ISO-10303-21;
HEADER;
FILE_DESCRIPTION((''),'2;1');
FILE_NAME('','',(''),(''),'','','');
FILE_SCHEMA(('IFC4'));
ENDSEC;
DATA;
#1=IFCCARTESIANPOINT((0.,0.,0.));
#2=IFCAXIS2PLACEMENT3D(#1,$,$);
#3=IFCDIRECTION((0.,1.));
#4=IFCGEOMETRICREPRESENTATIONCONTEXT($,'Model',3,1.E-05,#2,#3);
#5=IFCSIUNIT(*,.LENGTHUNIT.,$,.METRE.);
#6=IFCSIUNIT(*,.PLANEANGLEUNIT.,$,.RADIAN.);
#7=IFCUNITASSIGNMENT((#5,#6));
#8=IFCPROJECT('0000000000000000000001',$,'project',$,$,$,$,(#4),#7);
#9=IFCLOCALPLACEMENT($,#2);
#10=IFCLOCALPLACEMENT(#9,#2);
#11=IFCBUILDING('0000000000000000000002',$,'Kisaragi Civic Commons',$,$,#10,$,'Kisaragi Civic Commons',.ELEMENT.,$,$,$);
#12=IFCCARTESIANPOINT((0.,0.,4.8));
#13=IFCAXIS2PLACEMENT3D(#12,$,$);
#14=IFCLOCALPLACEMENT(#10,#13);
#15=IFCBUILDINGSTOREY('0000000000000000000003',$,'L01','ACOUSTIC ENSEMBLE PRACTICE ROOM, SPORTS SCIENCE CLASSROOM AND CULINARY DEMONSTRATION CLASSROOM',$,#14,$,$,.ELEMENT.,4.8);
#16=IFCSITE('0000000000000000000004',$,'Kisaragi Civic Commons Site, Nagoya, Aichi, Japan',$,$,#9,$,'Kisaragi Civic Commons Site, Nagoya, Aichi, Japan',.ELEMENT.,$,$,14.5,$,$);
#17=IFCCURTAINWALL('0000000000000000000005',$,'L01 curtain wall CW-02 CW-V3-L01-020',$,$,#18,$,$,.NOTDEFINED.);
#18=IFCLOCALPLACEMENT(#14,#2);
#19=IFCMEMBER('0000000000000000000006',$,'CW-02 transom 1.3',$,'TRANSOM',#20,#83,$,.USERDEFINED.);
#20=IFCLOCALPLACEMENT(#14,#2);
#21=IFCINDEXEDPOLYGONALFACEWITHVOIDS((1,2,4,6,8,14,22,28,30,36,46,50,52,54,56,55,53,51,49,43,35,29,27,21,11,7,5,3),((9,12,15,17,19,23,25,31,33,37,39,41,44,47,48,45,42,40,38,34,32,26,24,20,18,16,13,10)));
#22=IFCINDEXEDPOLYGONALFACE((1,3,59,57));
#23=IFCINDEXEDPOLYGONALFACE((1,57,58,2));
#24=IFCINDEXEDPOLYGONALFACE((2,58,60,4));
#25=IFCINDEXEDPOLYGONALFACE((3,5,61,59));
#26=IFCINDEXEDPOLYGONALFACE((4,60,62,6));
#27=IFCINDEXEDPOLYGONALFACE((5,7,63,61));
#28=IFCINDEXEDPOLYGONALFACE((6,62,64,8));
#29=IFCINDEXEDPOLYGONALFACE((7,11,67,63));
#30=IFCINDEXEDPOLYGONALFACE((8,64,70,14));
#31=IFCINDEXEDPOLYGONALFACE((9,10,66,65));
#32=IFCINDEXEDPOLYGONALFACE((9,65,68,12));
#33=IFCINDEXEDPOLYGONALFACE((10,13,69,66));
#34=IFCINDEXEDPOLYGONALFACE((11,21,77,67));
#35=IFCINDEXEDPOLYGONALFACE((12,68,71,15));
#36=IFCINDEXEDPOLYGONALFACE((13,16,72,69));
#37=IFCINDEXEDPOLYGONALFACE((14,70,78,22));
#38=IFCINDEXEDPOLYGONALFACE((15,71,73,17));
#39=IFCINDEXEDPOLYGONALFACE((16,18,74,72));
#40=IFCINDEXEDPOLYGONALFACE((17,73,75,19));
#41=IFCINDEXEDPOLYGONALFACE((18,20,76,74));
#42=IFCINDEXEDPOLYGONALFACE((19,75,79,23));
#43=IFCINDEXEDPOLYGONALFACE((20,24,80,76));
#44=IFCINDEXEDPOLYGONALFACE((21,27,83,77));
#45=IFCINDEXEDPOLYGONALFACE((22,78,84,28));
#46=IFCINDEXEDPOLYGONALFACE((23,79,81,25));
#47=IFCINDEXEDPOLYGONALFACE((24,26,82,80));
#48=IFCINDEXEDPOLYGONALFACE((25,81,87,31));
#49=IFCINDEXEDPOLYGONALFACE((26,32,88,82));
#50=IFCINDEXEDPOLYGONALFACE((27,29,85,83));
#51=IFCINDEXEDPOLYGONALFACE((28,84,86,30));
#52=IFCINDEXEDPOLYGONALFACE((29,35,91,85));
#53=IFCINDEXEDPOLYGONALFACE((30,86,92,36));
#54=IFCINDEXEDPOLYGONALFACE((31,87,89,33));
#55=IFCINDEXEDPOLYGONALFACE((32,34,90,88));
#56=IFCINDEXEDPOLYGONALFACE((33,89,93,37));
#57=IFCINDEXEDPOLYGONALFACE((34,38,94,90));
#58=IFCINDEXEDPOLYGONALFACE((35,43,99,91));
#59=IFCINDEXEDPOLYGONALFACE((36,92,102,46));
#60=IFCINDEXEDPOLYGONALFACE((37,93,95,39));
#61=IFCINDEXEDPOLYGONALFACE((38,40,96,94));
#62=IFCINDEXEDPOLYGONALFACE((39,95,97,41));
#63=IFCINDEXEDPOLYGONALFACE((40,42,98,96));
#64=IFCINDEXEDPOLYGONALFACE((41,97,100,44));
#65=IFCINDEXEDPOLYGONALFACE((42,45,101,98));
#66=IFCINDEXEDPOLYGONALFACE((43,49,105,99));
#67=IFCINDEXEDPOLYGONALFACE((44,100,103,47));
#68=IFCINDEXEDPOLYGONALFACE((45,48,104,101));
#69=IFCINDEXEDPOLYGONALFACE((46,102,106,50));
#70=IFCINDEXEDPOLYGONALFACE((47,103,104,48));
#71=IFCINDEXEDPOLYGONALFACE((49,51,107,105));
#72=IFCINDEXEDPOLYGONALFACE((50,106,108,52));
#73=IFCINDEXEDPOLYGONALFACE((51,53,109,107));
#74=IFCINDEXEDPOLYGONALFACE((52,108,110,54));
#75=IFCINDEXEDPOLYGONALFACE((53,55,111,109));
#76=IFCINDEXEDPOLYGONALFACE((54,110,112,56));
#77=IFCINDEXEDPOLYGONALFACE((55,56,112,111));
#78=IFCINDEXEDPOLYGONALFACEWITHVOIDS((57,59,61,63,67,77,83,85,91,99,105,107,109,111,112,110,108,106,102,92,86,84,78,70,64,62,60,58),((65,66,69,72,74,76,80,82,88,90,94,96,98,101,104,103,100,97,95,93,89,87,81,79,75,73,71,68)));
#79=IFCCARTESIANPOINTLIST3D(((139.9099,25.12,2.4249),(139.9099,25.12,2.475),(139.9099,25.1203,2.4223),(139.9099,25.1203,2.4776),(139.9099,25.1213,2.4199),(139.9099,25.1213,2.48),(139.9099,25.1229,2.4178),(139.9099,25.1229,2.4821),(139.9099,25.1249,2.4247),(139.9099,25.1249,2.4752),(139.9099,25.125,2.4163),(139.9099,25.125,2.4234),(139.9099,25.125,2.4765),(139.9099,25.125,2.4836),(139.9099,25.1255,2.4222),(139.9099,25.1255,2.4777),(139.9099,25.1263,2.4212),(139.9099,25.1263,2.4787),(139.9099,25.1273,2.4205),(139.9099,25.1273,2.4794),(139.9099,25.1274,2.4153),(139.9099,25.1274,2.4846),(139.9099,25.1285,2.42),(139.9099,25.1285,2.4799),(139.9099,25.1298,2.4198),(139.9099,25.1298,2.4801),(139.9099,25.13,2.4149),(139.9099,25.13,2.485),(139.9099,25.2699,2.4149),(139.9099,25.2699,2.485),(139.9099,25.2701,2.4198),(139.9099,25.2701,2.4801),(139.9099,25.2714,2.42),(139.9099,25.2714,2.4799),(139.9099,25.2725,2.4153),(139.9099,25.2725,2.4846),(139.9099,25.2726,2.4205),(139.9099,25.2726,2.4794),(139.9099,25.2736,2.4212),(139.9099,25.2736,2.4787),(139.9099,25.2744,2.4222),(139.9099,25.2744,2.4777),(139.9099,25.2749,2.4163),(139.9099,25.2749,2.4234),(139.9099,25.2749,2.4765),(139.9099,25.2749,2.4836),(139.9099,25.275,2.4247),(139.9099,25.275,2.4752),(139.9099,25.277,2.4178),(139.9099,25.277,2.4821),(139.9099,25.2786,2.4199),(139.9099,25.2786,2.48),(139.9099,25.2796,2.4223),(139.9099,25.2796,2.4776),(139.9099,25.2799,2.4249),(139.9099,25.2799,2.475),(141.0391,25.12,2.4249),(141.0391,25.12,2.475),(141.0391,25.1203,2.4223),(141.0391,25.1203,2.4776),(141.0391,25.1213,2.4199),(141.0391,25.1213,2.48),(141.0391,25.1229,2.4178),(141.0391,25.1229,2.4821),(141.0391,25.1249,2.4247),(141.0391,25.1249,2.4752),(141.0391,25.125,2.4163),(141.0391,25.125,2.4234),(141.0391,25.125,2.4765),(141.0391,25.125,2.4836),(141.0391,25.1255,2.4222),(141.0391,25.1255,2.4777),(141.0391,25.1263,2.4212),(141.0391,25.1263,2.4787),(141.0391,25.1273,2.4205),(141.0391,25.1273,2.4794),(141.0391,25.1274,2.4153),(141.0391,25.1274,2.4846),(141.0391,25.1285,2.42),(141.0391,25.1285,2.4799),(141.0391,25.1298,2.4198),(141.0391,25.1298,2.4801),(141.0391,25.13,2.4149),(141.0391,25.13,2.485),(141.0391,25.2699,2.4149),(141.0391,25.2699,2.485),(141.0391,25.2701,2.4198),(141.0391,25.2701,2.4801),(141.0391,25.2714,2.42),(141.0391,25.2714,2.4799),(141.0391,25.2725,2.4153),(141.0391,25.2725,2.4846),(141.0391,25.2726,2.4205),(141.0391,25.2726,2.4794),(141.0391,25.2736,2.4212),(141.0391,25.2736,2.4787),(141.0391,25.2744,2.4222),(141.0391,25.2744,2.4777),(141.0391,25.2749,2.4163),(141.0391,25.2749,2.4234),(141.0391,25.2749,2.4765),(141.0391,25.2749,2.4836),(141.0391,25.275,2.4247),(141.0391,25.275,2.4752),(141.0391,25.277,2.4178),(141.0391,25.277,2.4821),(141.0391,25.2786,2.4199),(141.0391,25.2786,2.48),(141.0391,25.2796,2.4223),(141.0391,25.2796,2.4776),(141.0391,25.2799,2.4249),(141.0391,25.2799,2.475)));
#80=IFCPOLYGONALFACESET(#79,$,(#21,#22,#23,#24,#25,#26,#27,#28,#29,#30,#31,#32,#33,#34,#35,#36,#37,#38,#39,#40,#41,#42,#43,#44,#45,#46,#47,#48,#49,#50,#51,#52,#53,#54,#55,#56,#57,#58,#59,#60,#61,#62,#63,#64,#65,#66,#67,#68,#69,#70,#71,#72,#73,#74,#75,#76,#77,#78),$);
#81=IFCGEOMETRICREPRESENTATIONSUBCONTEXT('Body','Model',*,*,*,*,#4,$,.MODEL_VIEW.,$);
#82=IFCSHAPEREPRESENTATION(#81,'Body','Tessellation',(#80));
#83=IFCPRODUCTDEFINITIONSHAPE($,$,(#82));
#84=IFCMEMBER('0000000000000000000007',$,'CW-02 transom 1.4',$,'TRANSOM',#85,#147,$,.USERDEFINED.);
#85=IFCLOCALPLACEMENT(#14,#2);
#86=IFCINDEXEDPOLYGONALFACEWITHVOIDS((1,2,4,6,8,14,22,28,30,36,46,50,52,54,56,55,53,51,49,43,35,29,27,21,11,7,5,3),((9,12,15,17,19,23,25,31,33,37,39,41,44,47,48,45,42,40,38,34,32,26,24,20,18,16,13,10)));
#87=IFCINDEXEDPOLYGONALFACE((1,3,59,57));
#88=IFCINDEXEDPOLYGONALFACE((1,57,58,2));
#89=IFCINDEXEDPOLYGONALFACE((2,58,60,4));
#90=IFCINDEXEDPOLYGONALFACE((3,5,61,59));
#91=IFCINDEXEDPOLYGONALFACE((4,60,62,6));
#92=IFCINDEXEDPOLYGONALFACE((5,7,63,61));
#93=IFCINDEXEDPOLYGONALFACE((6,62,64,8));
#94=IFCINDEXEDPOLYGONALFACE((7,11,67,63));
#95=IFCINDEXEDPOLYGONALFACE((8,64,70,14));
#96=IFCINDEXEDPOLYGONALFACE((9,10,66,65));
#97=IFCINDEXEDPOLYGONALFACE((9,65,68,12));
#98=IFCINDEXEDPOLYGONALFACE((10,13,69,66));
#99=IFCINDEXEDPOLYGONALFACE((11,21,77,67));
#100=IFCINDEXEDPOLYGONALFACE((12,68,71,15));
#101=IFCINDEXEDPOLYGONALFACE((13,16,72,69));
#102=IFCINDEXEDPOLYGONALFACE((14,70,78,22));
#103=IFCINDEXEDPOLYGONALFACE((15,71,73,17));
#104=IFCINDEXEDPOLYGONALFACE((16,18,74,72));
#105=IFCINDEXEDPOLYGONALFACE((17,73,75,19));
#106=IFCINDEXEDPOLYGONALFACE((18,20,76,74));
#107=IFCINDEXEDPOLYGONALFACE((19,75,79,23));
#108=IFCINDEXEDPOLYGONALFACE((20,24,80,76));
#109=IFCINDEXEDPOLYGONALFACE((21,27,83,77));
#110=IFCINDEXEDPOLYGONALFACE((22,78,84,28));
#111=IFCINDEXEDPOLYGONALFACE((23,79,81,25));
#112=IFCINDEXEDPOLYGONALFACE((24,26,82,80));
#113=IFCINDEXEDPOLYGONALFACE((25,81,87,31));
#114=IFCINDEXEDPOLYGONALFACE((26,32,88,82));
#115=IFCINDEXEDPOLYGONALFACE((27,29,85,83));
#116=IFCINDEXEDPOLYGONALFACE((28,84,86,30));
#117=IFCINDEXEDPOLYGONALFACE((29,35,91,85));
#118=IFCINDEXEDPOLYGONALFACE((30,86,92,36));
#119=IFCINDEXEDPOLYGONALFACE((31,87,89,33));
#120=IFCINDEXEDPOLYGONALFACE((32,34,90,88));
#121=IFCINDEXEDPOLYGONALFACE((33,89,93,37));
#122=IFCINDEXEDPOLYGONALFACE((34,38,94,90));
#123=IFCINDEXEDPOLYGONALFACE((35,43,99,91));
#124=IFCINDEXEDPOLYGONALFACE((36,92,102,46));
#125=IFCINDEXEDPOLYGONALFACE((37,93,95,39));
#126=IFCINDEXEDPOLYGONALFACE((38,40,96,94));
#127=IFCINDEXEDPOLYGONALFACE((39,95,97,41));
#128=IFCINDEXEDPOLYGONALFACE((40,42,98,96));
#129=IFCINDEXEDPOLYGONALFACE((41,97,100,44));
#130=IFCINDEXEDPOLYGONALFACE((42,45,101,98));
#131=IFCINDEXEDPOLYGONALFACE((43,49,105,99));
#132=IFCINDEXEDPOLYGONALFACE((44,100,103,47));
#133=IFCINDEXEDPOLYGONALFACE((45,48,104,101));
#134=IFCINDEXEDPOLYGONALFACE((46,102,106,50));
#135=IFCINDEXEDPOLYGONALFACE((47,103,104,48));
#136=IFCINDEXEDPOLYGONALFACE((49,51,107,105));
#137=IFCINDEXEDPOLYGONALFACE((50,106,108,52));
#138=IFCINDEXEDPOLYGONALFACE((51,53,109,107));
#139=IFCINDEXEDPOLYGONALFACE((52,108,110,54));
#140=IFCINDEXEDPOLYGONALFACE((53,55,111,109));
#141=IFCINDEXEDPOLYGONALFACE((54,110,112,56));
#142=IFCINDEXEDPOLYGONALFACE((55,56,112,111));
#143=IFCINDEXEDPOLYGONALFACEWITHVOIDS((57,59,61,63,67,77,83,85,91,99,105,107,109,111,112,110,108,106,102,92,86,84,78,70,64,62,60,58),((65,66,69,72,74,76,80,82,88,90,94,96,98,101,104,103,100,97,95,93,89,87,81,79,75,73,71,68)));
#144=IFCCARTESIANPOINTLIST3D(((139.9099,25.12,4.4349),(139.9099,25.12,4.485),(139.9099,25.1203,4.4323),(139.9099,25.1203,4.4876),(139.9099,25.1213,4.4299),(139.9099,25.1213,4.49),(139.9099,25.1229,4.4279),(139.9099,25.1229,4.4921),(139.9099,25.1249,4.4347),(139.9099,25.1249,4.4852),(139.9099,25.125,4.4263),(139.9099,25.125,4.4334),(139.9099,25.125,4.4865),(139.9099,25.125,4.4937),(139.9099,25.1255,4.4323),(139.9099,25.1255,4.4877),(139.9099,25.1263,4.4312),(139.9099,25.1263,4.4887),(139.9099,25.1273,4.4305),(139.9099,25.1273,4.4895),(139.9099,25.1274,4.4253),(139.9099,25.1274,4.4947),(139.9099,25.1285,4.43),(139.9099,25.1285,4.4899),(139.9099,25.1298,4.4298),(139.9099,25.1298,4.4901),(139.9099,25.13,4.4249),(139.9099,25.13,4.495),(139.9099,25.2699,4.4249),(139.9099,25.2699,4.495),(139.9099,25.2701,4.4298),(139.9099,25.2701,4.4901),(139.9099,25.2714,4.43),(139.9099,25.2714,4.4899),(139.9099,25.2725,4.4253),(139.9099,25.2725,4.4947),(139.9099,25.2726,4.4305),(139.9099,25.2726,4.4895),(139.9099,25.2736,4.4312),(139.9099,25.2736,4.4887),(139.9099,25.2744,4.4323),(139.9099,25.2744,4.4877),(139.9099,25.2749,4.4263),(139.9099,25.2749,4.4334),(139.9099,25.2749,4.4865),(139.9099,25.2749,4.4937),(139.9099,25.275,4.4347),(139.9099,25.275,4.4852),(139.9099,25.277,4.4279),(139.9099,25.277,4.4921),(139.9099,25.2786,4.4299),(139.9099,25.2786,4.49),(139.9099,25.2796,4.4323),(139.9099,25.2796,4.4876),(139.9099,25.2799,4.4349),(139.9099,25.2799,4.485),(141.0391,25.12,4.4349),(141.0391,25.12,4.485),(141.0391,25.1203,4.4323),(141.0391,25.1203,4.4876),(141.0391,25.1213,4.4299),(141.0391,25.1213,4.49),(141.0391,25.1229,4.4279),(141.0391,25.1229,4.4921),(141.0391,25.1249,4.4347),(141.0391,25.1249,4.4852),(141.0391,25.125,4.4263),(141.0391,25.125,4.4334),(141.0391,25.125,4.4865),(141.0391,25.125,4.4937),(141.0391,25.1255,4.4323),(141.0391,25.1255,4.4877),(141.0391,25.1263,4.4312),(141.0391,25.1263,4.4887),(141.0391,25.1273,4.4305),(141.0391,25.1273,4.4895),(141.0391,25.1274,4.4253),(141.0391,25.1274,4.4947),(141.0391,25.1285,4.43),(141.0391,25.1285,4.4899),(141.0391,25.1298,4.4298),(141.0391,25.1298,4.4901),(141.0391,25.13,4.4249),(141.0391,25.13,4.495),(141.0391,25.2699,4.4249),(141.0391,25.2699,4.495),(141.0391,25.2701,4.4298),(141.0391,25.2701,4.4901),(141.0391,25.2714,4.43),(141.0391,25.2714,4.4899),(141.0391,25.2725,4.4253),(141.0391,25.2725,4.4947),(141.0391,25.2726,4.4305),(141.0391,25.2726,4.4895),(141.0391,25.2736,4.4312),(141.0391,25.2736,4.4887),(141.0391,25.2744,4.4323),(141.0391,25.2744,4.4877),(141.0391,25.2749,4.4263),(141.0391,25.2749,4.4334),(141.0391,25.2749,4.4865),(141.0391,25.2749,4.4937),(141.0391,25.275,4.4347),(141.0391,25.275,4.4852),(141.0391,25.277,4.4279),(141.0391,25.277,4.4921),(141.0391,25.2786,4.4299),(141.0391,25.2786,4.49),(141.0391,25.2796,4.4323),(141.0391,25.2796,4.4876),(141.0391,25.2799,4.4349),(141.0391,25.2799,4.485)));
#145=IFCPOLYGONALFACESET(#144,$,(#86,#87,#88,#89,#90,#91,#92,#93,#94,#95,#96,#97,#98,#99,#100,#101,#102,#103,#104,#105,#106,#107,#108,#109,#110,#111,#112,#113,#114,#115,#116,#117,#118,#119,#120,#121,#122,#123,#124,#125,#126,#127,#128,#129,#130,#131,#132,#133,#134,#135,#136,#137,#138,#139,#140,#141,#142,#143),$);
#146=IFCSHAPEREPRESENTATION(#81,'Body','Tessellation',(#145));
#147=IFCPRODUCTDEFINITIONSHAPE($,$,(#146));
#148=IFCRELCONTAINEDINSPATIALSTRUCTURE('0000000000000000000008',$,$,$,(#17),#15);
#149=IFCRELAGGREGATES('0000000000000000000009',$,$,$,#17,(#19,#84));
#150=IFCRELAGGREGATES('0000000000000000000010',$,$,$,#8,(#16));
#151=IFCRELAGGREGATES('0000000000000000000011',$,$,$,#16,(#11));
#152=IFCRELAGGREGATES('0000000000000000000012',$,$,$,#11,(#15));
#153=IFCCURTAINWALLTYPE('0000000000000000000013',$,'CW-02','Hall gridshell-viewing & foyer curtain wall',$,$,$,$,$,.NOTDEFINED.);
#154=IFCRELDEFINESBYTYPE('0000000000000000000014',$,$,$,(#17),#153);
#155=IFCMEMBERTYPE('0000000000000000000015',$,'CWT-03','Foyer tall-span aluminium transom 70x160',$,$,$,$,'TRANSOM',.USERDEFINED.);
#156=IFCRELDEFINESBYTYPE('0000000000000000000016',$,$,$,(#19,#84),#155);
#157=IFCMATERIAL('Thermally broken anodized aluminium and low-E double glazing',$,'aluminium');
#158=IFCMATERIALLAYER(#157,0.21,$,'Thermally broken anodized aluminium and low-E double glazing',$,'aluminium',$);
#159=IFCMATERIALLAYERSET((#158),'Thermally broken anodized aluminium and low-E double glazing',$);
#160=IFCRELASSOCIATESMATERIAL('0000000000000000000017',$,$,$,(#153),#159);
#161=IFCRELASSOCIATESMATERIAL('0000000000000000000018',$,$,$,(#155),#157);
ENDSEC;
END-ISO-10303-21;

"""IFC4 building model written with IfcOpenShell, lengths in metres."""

from ifc_helpers import new_model, si_unit, direction, frame, origin, origin_2d, place, context, subcontext, project, spatial, hollow_rectangle, extrude, material, layer, layer_set, material_profile, profile_set, type_object, element, aggregate, save


model = new_model("IFC4")

# Units and contexts
model_context = context("Model", 3, precision=1e-05, world=origin(), true_north=direction((0.0, 1.0)))
body_context = subcontext(model_context, "Body", "Model", "MODEL_VIEW")
ifc_project = project(units=[si_unit("LENGTHUNIT", "METRE"), si_unit("PLANEANGLEUNIT", "RADIAN")], contexts=[model_context])

# Site, building, storey
site_placement = place(None, origin())
site = spatial("IfcSite", under=ifc_project, at=site_placement, Name="Kisaragi Civic Commons Site, Nagoya, Aichi, Japan", LongName="Kisaragi Civic Commons Site, Nagoya, Aichi, Japan", CompositionType="ELEMENT", RefElevation=14.5)
building_placement = place(site_placement, origin())
building = spatial("IfcBuilding", under=site, at=building_placement, Name="Kisaragi Civic Commons", LongName="Kisaragi Civic Commons", CompositionType="ELEMENT")
storey_placement = place(building_placement, frame((0.0, 0.0, 4.8)))
storey = spatial("IfcBuildingStorey", under=building, at=storey_placement, Name="L01", Description="ACOUSTIC ENSEMBLE PRACTICE ROOM, SPORTS SCIENCE CLASSROOM AND CULINARY DEMONSTRATION CLASSROOM", CompositionType="ELEMENT", Elevation=4.8)

# Shared definitions
ifc_material = material(Name="Thermally broken anodized aluminium and low-E double glazing", Category="aluminium")
ifc_layer_1 = layer(ifc_material, 0.21, Name="Thermally broken anodized aluminium and low-E double glazing", Category="aluminium")
ifc_layer_set_1 = layer_set([ifc_layer_1], Name="Thermally broken anodized aluminium and low-E double glazing")
curtain_wall_type = type_object("IfcCurtainWallType", Name="CW-02", Description="Hall gridshell-viewing & foyer curtain wall", PredefinedType="NOTDEFINED", material=ifc_layer_set_1)

# Curtain wall, members
curtain_wall_1_placement = place(storey_placement, origin())
curtain_wall_1 = element("IfcCurtainWall", 1, at=curtain_wall_1_placement, inside=storey, type_object=curtain_wall_type, Name="L01 curtain wall CW-02 CW-V3-L01-020", PredefinedType="NOTDEFINED")
ifc_material_profile_1 = material_profile(ifc_material, hollow_rectangle(XDim=0.1599, YDim=0.0701, WallThickness=0.0049, InnerFilletRadius=0.0049, OuterFilletRadius=0.01, at=origin_2d()), Name="CWT-70x160x5", Category="aluminium")
ifc_profile_set_1 = profile_set([ifc_material_profile_1], Name="Thermally broken anodized aluminium and low-E double glazing")
member_type_1 = type_object("IfcMemberType", Name="CWT-03", Description="Foyer tall-span aluminium transom 70x160", ElementType="TRANSOM", PredefinedType="USERDEFINED", material=ifc_profile_set_1)
member_1_placement = place(storey_placement, frame((139.9099, 25.2, 2.45), z_axis=(1.0, 0.0, 0.0), x_axis=(0.0, 1.0, 0.0)))
member_1 = element("IfcMember", 2, at=member_1_placement, type_object=member_type_1, Name="CW-02 transom 1.3", ObjectType="TRANSOM", PredefinedType="USERDEFINED", context=body_context, shape_type="SweptSolid", body=[
    extrude(hollow_rectangle(XDim=0.1599, YDim=0.0701, WallThickness=0.0049, InnerFilletRadius=0.0049, OuterFilletRadius=0.01, at=origin_2d()), origin(), (0.0, 0.0, 1.0), 1.1292),
])
member_2_placement = place(storey_placement, frame((139.9099, 25.2, 4.46), z_axis=(1.0, 0.0, 0.0), x_axis=(0.0, 1.0, 0.0)))
member_2 = element("IfcMember", 3, at=member_2_placement, type_object=member_type_1, Name="CW-02 transom 1.4", ObjectType="TRANSOM", PredefinedType="USERDEFINED", context=body_context, shape_type="SweptSolid", body=[
    extrude(hollow_rectangle(XDim=0.1599, YDim=0.0701, WallThickness=0.0049, InnerFilletRadius=0.0049, OuterFilletRadius=0.01, at=origin_2d()), origin(), (0.0, 0.0, 1.0), 1.1292),
])

aggregate(curtain_wall_1, [member_1, member_2])

save(model, "model.ifc")
